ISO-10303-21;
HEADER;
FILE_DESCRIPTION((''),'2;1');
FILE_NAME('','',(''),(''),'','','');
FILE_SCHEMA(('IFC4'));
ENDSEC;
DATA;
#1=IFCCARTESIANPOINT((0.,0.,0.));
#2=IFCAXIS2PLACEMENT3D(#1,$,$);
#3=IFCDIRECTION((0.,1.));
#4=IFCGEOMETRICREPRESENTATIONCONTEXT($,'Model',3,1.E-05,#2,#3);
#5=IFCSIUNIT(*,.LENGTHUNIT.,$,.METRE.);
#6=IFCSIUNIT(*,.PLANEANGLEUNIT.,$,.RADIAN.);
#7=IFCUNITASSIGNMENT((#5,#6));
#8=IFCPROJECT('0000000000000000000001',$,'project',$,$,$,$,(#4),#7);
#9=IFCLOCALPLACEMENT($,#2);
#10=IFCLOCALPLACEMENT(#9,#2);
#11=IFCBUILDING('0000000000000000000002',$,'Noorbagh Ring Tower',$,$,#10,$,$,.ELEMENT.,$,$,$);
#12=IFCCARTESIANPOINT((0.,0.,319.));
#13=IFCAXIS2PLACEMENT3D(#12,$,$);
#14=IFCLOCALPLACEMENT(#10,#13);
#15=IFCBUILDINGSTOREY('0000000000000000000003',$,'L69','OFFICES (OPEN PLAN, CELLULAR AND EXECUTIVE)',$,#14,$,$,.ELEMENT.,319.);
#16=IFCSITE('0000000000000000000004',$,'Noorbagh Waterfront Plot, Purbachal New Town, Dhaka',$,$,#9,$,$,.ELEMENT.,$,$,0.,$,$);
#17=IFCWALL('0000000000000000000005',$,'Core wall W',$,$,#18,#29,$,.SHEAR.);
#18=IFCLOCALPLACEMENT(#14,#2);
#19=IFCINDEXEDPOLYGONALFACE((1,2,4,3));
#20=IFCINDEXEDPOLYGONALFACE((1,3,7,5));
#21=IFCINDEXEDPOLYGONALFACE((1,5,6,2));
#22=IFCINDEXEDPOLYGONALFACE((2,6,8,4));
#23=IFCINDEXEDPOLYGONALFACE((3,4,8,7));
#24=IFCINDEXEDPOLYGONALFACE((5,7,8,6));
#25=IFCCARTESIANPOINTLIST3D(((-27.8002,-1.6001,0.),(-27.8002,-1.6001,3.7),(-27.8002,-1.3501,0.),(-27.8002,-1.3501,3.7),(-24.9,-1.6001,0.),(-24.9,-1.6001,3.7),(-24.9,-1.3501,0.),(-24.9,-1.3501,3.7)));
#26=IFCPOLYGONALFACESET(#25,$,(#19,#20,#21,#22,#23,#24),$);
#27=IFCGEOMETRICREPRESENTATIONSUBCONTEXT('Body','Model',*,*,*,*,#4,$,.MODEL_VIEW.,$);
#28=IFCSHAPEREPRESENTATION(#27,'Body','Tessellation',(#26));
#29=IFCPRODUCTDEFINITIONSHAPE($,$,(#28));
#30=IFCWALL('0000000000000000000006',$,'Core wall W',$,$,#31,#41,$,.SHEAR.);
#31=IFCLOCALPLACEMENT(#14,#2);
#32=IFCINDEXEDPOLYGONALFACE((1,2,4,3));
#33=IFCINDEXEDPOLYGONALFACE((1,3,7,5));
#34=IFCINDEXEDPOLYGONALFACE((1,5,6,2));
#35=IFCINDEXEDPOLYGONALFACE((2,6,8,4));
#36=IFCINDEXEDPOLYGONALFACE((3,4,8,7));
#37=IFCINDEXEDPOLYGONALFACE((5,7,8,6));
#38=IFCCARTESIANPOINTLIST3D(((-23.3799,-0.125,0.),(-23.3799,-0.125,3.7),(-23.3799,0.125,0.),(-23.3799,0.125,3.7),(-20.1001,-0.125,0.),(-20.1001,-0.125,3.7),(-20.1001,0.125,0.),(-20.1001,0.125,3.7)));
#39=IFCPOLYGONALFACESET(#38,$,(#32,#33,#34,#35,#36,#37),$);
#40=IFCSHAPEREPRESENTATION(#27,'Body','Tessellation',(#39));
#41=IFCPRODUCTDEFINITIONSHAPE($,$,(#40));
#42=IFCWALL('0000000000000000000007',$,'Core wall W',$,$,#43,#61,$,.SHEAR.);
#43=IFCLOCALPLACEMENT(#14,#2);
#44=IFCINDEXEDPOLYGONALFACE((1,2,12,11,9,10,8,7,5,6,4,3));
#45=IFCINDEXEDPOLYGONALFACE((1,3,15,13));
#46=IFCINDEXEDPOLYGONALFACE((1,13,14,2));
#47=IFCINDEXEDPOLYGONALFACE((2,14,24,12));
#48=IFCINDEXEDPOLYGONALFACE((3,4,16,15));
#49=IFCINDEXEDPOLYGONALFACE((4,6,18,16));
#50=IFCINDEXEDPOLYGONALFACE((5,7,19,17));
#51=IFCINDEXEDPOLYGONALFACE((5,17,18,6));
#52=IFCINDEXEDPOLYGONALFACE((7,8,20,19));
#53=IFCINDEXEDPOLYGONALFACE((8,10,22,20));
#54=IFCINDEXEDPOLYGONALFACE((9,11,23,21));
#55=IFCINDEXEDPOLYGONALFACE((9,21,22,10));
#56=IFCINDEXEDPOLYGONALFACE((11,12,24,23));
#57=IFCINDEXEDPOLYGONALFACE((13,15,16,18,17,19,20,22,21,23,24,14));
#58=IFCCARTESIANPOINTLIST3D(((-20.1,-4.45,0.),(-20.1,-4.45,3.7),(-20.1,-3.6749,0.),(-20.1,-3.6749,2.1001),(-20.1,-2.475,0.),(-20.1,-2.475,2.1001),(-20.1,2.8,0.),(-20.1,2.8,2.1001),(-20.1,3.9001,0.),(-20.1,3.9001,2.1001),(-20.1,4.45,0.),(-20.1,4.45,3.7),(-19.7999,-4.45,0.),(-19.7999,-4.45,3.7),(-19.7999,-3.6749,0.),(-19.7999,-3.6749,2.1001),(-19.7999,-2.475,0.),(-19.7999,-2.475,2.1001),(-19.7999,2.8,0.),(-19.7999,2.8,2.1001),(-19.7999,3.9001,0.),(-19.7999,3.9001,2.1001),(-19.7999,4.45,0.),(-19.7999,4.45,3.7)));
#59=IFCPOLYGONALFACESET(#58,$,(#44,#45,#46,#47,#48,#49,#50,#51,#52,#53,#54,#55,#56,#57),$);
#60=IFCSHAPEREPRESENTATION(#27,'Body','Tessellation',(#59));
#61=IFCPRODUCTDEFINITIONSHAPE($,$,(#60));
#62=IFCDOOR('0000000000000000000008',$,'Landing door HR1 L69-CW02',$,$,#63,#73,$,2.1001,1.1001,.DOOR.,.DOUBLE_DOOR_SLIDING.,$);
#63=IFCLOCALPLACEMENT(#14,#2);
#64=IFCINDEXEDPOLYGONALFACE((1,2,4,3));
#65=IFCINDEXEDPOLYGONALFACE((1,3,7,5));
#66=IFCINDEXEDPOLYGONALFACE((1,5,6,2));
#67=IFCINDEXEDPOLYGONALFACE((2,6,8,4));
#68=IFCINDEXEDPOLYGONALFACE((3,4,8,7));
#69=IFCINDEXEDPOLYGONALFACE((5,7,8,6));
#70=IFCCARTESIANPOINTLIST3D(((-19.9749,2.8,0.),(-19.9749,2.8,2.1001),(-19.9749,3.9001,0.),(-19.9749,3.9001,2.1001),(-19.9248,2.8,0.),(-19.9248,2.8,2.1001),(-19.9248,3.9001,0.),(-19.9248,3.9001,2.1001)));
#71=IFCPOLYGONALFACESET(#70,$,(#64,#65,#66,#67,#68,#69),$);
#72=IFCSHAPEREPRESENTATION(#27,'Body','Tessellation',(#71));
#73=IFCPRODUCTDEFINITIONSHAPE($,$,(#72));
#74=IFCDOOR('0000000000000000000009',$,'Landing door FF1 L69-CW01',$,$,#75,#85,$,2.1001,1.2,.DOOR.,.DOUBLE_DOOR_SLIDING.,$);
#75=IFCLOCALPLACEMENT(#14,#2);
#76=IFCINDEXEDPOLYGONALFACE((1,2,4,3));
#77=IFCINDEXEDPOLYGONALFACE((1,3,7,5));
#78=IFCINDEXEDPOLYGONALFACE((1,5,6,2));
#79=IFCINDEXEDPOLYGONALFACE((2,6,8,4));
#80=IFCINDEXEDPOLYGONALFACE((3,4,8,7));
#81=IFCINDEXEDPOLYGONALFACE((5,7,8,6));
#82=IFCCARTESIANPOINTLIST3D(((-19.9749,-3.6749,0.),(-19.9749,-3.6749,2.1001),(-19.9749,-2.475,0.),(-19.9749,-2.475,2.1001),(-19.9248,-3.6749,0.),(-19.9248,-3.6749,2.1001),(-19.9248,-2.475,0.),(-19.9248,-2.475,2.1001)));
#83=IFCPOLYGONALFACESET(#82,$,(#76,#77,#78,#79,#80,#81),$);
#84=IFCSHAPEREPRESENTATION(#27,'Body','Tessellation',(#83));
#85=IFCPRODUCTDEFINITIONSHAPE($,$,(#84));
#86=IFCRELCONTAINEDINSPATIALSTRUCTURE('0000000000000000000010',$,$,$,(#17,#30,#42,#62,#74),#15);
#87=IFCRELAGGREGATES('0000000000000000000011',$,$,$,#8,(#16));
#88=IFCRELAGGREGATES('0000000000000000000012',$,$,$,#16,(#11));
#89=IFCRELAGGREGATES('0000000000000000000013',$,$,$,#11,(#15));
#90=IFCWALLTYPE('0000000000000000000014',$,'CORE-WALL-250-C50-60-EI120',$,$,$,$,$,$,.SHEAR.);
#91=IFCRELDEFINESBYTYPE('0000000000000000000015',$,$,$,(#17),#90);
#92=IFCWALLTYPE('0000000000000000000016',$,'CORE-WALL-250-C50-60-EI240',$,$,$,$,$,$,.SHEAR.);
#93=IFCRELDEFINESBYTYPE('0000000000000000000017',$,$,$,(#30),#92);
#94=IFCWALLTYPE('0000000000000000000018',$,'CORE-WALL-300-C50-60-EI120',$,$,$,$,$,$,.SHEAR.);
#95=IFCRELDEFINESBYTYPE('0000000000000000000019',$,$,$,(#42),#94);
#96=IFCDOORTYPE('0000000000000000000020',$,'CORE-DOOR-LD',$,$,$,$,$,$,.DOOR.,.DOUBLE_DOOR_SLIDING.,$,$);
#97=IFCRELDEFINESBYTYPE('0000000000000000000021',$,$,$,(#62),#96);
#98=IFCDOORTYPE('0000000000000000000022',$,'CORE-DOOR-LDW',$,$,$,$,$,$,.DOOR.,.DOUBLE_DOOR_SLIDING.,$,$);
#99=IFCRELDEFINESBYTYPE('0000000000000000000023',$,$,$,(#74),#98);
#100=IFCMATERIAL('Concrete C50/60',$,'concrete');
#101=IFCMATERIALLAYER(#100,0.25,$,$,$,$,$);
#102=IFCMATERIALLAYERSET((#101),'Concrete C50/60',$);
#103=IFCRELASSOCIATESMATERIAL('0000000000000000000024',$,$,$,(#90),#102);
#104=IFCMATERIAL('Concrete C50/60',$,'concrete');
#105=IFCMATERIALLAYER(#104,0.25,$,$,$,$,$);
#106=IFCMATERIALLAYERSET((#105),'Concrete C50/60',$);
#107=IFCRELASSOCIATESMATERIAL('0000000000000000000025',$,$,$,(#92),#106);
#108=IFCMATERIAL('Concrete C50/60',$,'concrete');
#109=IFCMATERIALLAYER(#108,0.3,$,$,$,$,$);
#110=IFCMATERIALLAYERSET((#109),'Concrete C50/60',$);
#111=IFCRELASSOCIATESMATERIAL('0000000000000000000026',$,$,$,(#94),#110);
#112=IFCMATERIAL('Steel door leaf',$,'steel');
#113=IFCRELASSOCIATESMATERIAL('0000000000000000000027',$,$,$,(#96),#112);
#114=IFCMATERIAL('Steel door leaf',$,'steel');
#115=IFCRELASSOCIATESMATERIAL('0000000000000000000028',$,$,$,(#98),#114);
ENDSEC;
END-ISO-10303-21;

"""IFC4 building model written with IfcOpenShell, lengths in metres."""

from ifc_helpers import new_model, si_unit, direction, frame, frame_2d, origin, place, context, subcontext, project, spatial, rectangle, extrude, material, layer, layer_set, type_object, element, fill, save


model = new_model("IFC4")

# Units and contexts
model_context = context("Model", 3, precision=1e-05, world=origin(), true_north=direction((0.0, 1.0)))
body_context = subcontext(model_context, "Body", "Model", "MODEL_VIEW")
ifc_project = project(units=[si_unit("LENGTHUNIT", "METRE"), si_unit("PLANEANGLEUNIT", "RADIAN")], contexts=[model_context])

# Site, building, storey
site_placement = place(None, origin())
site = spatial("IfcSite", under=ifc_project, at=site_placement, Name="Noorbagh Waterfront Plot, Purbachal New Town, Dhaka", CompositionType="ELEMENT", RefElevation=0.0)
building_placement = place(site_placement, origin())
building = spatial("IfcBuilding", under=site, at=building_placement, Name="Noorbagh Ring Tower", CompositionType="ELEMENT")
storey_placement = place(building_placement, frame((0.0, 0.0, 319.0)))
storey = spatial("IfcBuildingStorey", under=building, at=storey_placement, Name="L69", Description="OFFICES (OPEN PLAN, CELLULAR AND EXECUTIVE)", CompositionType="ELEMENT", Elevation=319.0)

# Walls
ifc_material_1 = material(Name="Concrete C50/60", Category="concrete")
ifc_layer_1 = layer(ifc_material_1, 0.25)
ifc_layer_set_1 = layer_set([ifc_layer_1], Name="Concrete C50/60")
wall_type_1 = type_object("IfcWallType", Name="CORE-WALL-250-C50-60-EI120", PredefinedType="SHEAR", material=ifc_layer_set_1)
wall_1_placement = place(storey_placement, frame((-24.8999, -1.4751, 0.0), z_axis=(0.0, 0.0, 1.0), x_axis=(-1.0, 0.0, 0.0)))
element("IfcWall", 1, at=wall_1_placement, inside=storey, type_object=wall_type_1, Name="Core wall W", PredefinedType="SHEAR", context=body_context, shape_type="SweptSolid", body=[
    extrude(rectangle(XDim=2.9001, YDim=0.25, at=frame_2d((1.4502, 0.0))), origin(), (0.0, 0.0, 1.0), 3.7),
])
ifc_material_2 = material(Name="Concrete C50/60", Category="concrete")
ifc_layer_2 = layer(ifc_material_2, 0.25)
ifc_layer_set_2 = layer_set([ifc_layer_2], Name="Concrete C50/60")
wall_type_2 = type_object("IfcWallType", Name="CORE-WALL-250-C50-60-EI240", PredefinedType="SHEAR", material=ifc_layer_set_2)
wall_2_placement = place(storey_placement, frame((-20.1001, 0.0, 0.0), z_axis=(0.0, 0.0, 1.0), x_axis=(-1.0, 0.0, 0.0)))
element("IfcWall", 2, at=wall_2_placement, inside=storey, type_object=wall_type_2, Name="Core wall W", PredefinedType="SHEAR", context=body_context, shape_type="SweptSolid", body=[
    extrude(rectangle(XDim=3.2798, YDim=0.25, at=frame_2d((1.6399, 0.0))), origin(), (0.0, 0.0, 1.0), 3.7),
])

# Wall, openings, doors
ifc_material_3 = material(Name="Concrete C50/60", Category="concrete")
ifc_layer_3 = layer(ifc_material_3, 0.3)
ifc_layer_set_3 = layer_set([ifc_layer_3], Name="Concrete C50/60")
wall_type_3 = type_object("IfcWallType", Name="CORE-WALL-300-C50-60-EI120", PredefinedType="SHEAR", material=ifc_layer_set_3)
wall_3_placement = place(storey_placement, frame((-19.95, -4.45, 0.0), z_axis=(0.0, 0.0, 1.0), x_axis=(0.0, 1.0, 0.0)))
wall_3 = element("IfcWall", 3, at=wall_3_placement, inside=storey, type_object=wall_type_3, Name="Core wall W", PredefinedType="SHEAR", context=body_context, shape_type="SweptSolid", body=[
    extrude(rectangle(XDim=8.8999, YDim=0.3, at=frame_2d((4.45, 0.0))), origin(), (0.0, 0.0, 1.0), 3.7),
])
opening_1_placement = place(wall_3_placement, frame((0.7749, 0.0, 0.0)))
opening_1 = element("IfcOpeningElement", 4, at=opening_1_placement, cuts=wall_3, PredefinedType="OPENING", context=body_context, shape_type="SweptSolid", body=[
    extrude(rectangle(XDim=1.2, YDim=2.1001, at=frame_2d((0.6001, 1.05))), frame((0.0, 0.1602, 0.0), z_axis=(0.0, -1.0, 0.0), x_axis=(1.0, 0.0, 0.0)), (0.0, 0.0, 1.0), 0.3201),
])
opening_2_placement = place(wall_3_placement, frame((7.25, 0.0, 0.0)))
opening_2 = element("IfcOpeningElement", 5, at=opening_2_placement, cuts=wall_3, PredefinedType="OPENING", context=body_context, shape_type="SweptSolid", body=[
    extrude(rectangle(XDim=1.1001, YDim=2.1001, at=frame_2d((0.55, 1.05))), frame((0.0, 0.1602, 0.0), z_axis=(0.0, -1.0, 0.0), x_axis=(1.0, 0.0, 0.0)), (0.0, 0.0, 1.0), 0.3201),
])
ifc_material_4 = material(Name="Steel door leaf", Category="steel")
door_type_1 = type_object("IfcDoorType", Name="CORE-DOOR-LD", OperationType="DOUBLE_DOOR_SLIDING", PredefinedType="DOOR", material=ifc_material_4)
door_1_placement = place(opening_2_placement, origin())
door_1 = element("IfcDoor", 6, at=door_1_placement, inside=storey, type_object=door_type_1, Name="Landing door HR1 L69-CW02", OperationType="DOUBLE_DOOR_SLIDING", OverallHeight=2.1001, OverallWidth=1.1001, PredefinedType="DOOR", context=body_context, shape_type="SweptSolid", body=[
    extrude(rectangle(XDim=1.1001, YDim=2.1001, at=frame_2d((0.55, 1.05))), frame((0.0, 0.0249, 0.0), z_axis=(0.0, -1.0, 0.0), x_axis=(1.0, 0.0, 0.0)), (0.0, 0.0, 1.0), 0.05),
])
fill(opening_2, door_1)
ifc_material_5 = material(Name="Steel door leaf", Category="steel")
door_type_2 = type_object("IfcDoorType", Name="CORE-DOOR-LDW", OperationType="DOUBLE_DOOR_SLIDING", PredefinedType="DOOR", material=ifc_material_5)
door_2_placement = place(opening_1_placement, origin())
door_2 = element("IfcDoor", 7, at=door_2_placement, inside=storey, type_object=door_type_2, Name="Landing door FF1 L69-CW01", OperationType="DOUBLE_DOOR_SLIDING", OverallHeight=2.1001, OverallWidth=1.2, PredefinedType="DOOR", context=body_context, shape_type="SweptSolid", body=[
    extrude(rectangle(XDim=1.2, YDim=2.1001, at=frame_2d((0.6001, 1.05))), frame((0.0, 0.0249, 0.0), z_axis=(0.0, -1.0, 0.0), x_axis=(1.0, 0.0, 0.0)), (0.0, 0.0, 1.0), 0.05),
])
fill(opening_1, door_2)

save(model, "model.ifc")
